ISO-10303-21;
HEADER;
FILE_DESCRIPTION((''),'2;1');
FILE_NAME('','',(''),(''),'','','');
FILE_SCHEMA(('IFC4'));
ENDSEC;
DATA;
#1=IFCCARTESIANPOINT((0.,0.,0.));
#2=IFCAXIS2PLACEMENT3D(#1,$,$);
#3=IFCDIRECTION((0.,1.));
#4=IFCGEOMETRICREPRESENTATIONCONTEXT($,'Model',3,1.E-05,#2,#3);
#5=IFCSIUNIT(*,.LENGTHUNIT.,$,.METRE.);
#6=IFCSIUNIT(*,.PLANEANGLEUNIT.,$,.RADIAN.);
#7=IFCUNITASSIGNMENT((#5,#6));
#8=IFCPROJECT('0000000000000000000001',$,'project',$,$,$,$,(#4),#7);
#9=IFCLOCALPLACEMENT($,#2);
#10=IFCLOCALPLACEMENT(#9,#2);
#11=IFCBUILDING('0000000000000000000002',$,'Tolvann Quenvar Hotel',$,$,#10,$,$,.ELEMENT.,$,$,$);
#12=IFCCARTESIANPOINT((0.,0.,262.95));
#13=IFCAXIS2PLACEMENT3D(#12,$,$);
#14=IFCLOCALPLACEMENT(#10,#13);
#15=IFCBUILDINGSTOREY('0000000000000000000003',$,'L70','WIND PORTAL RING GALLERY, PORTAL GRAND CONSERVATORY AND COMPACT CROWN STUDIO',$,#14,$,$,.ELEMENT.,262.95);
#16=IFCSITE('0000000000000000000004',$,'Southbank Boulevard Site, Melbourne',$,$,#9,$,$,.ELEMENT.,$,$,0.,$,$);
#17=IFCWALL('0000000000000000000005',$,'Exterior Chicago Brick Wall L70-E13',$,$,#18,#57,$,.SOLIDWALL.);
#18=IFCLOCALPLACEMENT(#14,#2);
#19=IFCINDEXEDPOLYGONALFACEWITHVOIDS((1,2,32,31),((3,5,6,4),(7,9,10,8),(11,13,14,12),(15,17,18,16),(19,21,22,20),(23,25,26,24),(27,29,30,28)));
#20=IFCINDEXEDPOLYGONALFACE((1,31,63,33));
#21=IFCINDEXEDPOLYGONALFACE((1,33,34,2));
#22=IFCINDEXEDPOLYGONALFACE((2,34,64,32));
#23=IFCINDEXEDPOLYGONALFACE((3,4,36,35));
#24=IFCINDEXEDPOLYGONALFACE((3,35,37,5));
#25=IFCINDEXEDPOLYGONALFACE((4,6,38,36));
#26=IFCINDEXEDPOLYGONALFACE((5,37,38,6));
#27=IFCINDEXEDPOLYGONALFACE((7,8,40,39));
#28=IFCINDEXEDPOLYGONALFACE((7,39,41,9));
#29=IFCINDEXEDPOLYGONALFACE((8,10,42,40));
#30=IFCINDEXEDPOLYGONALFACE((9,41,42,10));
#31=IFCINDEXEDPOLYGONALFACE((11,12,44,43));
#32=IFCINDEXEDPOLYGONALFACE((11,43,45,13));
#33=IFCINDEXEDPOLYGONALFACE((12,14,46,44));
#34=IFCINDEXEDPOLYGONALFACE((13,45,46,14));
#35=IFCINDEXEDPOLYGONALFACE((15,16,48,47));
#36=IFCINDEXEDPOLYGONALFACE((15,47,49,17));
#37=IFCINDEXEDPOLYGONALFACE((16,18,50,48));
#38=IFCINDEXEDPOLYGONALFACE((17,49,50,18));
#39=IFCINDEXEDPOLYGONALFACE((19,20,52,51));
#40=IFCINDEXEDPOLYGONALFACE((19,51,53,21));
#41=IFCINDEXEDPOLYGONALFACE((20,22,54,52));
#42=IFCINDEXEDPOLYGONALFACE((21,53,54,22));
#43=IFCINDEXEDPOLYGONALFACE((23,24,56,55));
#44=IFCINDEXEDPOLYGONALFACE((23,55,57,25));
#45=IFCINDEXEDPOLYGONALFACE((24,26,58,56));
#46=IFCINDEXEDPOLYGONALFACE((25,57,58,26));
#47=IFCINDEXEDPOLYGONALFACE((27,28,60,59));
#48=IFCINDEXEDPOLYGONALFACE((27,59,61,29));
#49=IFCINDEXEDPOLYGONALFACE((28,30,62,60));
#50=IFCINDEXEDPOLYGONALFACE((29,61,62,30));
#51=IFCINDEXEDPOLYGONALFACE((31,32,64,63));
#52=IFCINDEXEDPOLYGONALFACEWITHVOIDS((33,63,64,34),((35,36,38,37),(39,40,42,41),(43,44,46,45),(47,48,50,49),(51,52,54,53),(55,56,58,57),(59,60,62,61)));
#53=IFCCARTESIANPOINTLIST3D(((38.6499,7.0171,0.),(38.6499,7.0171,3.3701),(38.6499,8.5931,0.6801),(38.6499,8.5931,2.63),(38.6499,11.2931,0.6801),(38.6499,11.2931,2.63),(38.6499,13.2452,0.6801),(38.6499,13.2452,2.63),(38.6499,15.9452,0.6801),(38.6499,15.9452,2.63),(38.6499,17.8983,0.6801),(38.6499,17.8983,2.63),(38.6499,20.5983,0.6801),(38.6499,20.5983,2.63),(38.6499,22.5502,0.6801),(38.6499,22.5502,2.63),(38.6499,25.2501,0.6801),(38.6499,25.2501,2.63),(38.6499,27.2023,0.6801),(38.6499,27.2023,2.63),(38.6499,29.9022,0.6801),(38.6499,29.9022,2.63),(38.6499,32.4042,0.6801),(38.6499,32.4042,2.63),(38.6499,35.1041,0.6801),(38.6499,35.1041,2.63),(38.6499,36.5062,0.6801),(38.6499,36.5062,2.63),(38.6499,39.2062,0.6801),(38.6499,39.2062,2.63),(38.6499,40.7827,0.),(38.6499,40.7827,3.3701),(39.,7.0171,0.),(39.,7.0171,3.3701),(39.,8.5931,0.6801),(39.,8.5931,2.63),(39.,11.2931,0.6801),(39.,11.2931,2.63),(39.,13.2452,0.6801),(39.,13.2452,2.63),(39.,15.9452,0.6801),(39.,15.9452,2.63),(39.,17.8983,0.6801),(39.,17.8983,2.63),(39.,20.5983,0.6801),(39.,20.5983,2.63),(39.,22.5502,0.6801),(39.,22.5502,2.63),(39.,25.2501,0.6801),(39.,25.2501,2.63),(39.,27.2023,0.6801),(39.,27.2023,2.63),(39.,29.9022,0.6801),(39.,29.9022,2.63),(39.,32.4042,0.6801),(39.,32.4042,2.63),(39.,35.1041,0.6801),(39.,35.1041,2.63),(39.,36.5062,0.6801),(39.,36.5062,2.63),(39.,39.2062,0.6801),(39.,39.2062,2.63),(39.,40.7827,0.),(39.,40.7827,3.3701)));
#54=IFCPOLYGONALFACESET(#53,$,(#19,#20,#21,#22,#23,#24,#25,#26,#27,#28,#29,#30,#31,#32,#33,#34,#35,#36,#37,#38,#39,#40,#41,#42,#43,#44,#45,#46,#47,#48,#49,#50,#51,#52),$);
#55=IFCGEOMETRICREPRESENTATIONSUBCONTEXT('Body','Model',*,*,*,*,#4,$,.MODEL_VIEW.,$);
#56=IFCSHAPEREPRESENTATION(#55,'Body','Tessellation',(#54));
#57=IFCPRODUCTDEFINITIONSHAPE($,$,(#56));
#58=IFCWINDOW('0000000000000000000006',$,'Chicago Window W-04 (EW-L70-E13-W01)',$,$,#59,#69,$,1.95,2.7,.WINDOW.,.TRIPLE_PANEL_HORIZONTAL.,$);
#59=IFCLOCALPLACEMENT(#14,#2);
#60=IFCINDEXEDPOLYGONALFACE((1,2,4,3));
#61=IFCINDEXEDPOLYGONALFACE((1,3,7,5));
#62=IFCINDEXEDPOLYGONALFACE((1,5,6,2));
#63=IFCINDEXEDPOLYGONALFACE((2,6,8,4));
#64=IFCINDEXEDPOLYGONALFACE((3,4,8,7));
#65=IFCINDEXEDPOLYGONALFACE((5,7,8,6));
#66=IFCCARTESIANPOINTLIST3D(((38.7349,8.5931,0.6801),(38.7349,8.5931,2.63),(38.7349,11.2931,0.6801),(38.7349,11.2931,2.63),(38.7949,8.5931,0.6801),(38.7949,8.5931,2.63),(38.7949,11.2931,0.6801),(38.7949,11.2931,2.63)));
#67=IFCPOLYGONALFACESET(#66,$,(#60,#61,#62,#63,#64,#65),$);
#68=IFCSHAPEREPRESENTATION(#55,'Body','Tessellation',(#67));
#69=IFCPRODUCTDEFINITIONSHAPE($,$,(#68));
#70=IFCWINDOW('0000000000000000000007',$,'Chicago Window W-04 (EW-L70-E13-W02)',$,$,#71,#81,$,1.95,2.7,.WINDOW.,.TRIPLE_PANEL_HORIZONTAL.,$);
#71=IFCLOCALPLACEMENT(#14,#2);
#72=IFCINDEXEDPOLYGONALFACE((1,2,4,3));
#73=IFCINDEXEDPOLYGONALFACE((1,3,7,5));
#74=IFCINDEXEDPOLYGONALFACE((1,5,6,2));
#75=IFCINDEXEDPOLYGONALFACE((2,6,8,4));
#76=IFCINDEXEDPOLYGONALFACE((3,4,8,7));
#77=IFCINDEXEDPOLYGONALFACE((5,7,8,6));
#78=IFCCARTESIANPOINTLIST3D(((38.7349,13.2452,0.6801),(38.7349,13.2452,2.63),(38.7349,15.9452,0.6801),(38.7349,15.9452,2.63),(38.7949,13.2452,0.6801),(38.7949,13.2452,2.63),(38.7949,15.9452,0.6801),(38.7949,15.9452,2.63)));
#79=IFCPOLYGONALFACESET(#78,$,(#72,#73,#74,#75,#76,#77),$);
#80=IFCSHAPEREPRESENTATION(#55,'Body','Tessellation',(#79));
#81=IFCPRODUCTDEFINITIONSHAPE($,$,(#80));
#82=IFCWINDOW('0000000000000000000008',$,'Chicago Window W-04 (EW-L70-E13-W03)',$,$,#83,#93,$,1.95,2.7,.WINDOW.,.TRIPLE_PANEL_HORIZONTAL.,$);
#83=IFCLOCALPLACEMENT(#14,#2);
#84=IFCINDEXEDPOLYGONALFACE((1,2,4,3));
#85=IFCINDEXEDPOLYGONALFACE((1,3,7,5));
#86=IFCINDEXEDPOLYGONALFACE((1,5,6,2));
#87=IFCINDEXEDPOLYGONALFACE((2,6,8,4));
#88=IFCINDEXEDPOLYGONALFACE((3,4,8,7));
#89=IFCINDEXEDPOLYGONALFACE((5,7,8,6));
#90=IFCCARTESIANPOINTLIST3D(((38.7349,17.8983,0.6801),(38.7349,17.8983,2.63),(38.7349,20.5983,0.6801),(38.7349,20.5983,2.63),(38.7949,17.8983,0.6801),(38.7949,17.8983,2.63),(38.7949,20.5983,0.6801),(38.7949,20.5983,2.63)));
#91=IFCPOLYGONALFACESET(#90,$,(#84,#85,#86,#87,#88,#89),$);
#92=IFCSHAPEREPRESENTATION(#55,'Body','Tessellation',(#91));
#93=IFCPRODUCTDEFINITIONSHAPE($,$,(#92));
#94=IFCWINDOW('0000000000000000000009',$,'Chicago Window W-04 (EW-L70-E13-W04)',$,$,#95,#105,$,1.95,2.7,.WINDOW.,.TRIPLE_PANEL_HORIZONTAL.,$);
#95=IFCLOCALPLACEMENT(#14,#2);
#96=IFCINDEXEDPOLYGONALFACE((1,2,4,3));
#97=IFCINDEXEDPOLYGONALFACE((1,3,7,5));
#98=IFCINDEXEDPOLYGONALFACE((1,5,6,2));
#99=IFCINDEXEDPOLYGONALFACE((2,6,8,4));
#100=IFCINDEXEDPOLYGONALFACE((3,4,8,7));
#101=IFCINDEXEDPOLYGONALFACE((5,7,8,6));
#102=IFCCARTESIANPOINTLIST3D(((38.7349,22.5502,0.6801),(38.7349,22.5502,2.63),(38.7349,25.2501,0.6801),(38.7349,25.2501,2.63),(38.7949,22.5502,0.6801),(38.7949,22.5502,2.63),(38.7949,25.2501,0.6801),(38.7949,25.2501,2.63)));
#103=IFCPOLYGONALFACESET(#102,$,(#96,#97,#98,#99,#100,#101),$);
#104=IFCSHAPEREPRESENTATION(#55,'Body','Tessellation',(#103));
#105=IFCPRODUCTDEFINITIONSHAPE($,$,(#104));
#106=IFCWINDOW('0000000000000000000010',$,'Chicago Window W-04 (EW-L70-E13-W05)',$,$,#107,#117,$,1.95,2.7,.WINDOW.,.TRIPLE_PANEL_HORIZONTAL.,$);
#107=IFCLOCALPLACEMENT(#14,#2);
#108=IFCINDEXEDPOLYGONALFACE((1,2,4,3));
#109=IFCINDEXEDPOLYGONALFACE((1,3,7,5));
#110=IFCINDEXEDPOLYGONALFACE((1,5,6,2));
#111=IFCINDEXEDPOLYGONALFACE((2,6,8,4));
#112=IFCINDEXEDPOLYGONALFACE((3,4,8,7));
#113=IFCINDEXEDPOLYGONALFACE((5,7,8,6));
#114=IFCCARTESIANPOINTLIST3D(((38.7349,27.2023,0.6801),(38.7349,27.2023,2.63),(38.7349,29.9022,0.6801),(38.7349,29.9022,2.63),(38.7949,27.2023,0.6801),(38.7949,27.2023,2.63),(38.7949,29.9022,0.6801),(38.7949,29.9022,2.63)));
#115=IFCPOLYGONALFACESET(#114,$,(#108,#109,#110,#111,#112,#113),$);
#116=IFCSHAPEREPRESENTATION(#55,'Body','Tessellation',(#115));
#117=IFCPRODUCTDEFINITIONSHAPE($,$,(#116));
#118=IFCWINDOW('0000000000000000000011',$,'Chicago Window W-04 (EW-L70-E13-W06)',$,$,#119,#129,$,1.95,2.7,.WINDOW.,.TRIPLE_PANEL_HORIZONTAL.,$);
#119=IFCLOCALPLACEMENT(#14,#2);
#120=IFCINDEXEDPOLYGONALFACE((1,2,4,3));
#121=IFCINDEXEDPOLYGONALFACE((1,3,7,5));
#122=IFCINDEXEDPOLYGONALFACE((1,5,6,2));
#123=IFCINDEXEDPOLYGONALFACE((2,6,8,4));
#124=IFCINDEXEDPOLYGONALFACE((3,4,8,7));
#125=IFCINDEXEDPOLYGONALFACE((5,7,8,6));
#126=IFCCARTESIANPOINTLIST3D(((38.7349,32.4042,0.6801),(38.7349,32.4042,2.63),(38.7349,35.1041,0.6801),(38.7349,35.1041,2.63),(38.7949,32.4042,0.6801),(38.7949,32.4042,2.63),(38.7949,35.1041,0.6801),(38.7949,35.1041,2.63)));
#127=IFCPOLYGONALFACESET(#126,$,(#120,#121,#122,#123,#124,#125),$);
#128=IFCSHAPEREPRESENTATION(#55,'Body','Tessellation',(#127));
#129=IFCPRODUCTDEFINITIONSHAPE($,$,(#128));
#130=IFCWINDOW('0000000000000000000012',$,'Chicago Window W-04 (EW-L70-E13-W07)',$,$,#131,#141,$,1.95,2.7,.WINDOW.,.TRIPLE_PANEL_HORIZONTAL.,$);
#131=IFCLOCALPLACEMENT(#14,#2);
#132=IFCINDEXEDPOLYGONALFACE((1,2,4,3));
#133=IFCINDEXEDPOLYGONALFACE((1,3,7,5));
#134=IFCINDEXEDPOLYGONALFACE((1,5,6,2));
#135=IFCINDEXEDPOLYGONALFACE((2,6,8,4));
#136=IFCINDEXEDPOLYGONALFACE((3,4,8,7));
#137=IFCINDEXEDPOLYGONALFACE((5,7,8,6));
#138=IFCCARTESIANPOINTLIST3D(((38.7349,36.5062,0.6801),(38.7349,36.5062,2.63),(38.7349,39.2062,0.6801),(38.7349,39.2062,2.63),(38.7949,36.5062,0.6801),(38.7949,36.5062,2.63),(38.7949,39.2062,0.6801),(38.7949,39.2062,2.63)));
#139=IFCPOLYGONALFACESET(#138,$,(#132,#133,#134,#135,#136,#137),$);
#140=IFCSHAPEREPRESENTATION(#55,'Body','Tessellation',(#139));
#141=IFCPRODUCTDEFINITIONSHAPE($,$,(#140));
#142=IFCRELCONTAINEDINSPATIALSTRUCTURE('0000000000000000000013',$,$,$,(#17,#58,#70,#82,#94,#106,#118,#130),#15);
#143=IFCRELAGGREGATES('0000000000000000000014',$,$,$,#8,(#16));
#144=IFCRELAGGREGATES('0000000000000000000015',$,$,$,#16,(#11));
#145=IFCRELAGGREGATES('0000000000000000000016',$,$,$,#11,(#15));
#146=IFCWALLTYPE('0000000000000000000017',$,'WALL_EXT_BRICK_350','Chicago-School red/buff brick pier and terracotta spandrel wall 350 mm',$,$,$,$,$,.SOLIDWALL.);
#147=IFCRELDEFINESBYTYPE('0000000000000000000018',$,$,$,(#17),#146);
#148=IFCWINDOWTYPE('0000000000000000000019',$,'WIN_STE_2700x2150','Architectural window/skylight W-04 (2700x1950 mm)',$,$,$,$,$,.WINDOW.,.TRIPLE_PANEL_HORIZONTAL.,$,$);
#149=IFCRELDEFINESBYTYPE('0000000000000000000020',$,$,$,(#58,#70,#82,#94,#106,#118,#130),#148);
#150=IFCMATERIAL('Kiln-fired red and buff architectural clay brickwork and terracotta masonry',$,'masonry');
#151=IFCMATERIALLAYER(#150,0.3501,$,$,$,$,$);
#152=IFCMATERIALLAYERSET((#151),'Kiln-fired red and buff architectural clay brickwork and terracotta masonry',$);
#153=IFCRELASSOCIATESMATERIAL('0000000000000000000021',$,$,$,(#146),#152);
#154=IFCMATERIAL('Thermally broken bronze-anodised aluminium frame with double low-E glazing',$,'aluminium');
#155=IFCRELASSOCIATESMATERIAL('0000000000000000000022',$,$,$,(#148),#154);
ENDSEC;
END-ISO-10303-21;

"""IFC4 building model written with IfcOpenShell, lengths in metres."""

from ifc_helpers import new_model, si_unit, direction, frame, frame_2d, origin, place, context, subcontext, project, spatial, rectangle, extrude, source, transform, mapped, material, layer, layer_set, type_object, type_shapes, element, fill, save


model = new_model("IFC4")

# Units and contexts
model_context = context("Model", 3, precision=1e-05, world=origin(), true_north=direction((0.0, 1.0)))
body_context = subcontext(model_context, "Body", "Model", "MODEL_VIEW")
ifc_project = project(units=[si_unit("LENGTHUNIT", "METRE"), si_unit("PLANEANGLEUNIT", "RADIAN")], contexts=[model_context])

# Site, building, storey
site_placement = place(None, origin())
site = spatial("IfcSite", under=ifc_project, at=site_placement, Name="Southbank Boulevard Site, Melbourne", CompositionType="ELEMENT", RefElevation=0.0)
building_placement = place(site_placement, origin())
building = spatial("IfcBuilding", under=site, at=building_placement, Name="Tolvann Quenvar Hotel", CompositionType="ELEMENT")
storey_placement = place(building_placement, frame((0.0, 0.0, 262.95)))
storey = spatial("IfcBuildingStorey", under=building, at=storey_placement, Name="L70", Description="WIND PORTAL RING GALLERY, PORTAL GRAND CONSERVATORY AND COMPACT CROWN STUDIO", CompositionType="ELEMENT", Elevation=262.95)

# Shared definitions
ifc_material_1 = material(Name="Kiln-fired red and buff architectural clay brickwork and terracotta masonry", Category="masonry")
ifc_layer = layer(ifc_material_1, 0.3501)
ifc_layer_set = layer_set([ifc_layer], Name="Kiln-fired red and buff architectural clay brickwork and terracotta masonry")
wall_type = type_object("IfcWallType", Name="WALL_EXT_BRICK_350", Description="Chicago-School red/buff brick pier and terracotta spandrel wall 350 mm", PredefinedType="SOLIDWALL", material=ifc_layer_set)

# Wall, openings, windows
wall_1_placement = place(storey_placement, frame((38.825, 7.0171, 0.0), z_axis=(0.0, 0.0, 1.0), x_axis=(0.0, 1.0, 0.0)))
wall_1 = element("IfcWall", 1, at=wall_1_placement, inside=storey, type_object=wall_type, Name="Exterior Chicago Brick Wall L70-E13", PredefinedType="SOLIDWALL", context=body_context, shape_type="SweptSolid", body=[
    extrude(rectangle(XDim=33.7656, YDim=0.3501, at=frame_2d((16.8828, 0.0))), origin(), (0.0, 0.0, 1.0), 3.3701),
])
opening_1_placement = place(wall_1_placement, frame((1.5759, 0.0, 0.6799)))
opening_1 = element("IfcOpeningElement", 2, at=opening_1_placement, cuts=wall_1, PredefinedType="OPENING", context=body_context, shape_type="SweptSolid", body=[
    extrude(rectangle(XDim=2.7, YDim=1.95, at=frame_2d((1.3501, 0.9751))), frame((0.0, 0.1851, 0.0), z_axis=(0.0, -1.0, 0.0), x_axis=(1.0, 0.0, 0.0)), (0.0, 0.0, 1.0), 0.3701),
])
opening_2_placement = place(wall_1_placement, frame((6.228, 0.0, 0.6799)))
opening_2 = element("IfcOpeningElement", 3, at=opening_2_placement, cuts=wall_1, PredefinedType="OPENING", context=body_context, shape_type="SweptSolid", body=[
    extrude(rectangle(XDim=2.7, YDim=1.95, at=frame_2d((1.3501, 0.9751))), frame((0.0, 0.1851, 0.0), z_axis=(0.0, -1.0, 0.0), x_axis=(1.0, 0.0, 0.0)), (0.0, 0.0, 1.0), 0.3701),
])
opening_3_placement = place(wall_1_placement, frame((10.8811, 0.0, 0.6799)))
opening_3 = element("IfcOpeningElement", 4, at=opening_3_placement, cuts=wall_1, PredefinedType="OPENING", context=body_context, shape_type="SweptSolid", body=[
    extrude(rectangle(XDim=2.7, YDim=1.95, at=frame_2d((1.3501, 0.9751))), frame((0.0, 0.1851, 0.0), z_axis=(0.0, -1.0, 0.0), x_axis=(1.0, 0.0, 0.0)), (0.0, 0.0, 1.0), 0.3701),
])
opening_4_placement = place(wall_1_placement, frame((15.533, 0.0, 0.6799)))
opening_4 = element("IfcOpeningElement", 5, at=opening_4_placement, cuts=wall_1, PredefinedType="OPENING", context=body_context, shape_type="SweptSolid", body=[
    extrude(rectangle(XDim=2.7, YDim=1.95, at=frame_2d((1.3501, 0.9751))), frame((0.0, 0.1851, 0.0), z_axis=(0.0, -1.0, 0.0), x_axis=(1.0, 0.0, 0.0)), (0.0, 0.0, 1.0), 0.3701),
])
opening_5_placement = place(wall_1_placement, frame((20.1851, 0.0, 0.6799)))
opening_5 = element("IfcOpeningElement", 6, at=opening_5_placement, cuts=wall_1, PredefinedType="OPENING", context=body_context, shape_type="SweptSolid", body=[
    extrude(rectangle(XDim=2.7, YDim=1.95, at=frame_2d((1.3501, 0.9751))), frame((0.0, 0.1851, 0.0), z_axis=(0.0, -1.0, 0.0), x_axis=(1.0, 0.0, 0.0)), (0.0, 0.0, 1.0), 0.3701),
])
opening_6_placement = place(wall_1_placement, frame((25.387, 0.0, 0.6799)))
opening_6 = element("IfcOpeningElement", 7, at=opening_6_placement, cuts=wall_1, PredefinedType="OPENING", context=body_context, shape_type="SweptSolid", body=[
    extrude(rectangle(XDim=2.7, YDim=1.95, at=frame_2d((1.3501, 0.9751))), frame((0.0, 0.1851, 0.0), z_axis=(0.0, -1.0, 0.0), x_axis=(1.0, 0.0, 0.0)), (0.0, 0.0, 1.0), 0.3701),
])
opening_7_placement = place(wall_1_placement, frame((29.489, 0.0, 0.6799)))
opening_7 = element("IfcOpeningElement", 8, at=opening_7_placement, cuts=wall_1, PredefinedType="OPENING", context=body_context, shape_type="SweptSolid", body=[
    extrude(rectangle(XDim=2.7, YDim=1.95, at=frame_2d((1.3501, 0.9751))), frame((0.0, 0.1851, 0.0), z_axis=(0.0, -1.0, 0.0), x_axis=(1.0, 0.0, 0.0)), (0.0, 0.0, 1.0), 0.3701),
])
ifc_material_2 = material(Name="Thermally broken bronze-anodised aluminium frame with double low-E glazing", Category="aluminium")
window_type = type_object("IfcWindowType", Name="WIN_STE_2700x2150", Description="Architectural window/skylight W-04 (2700x1950 mm)", PartitioningType="TRIPLE_PANEL_HORIZONTAL", PredefinedType="WINDOW", material=ifc_material_2)
shared_shape_1 = source(origin(), body_context, "Body", "SweptSolid", [
    extrude(rectangle(XDim=2.7, YDim=1.95, at=frame_2d((1.3501, 0.9751))), frame((0.0, 0.0901, 0.0), z_axis=(0.0, -1.0, 0.0), x_axis=(1.0, 0.0, 0.0)), (0.0, 0.0, 1.0), 0.0601),
])
type_shapes(window_type, [shared_shape_1])
window_1_placement = place(opening_1_placement, origin())
window_1 = element("IfcWindow", 9, at=window_1_placement, inside=storey, type_object=window_type, Name="Chicago Window W-04 (EW-L70-E13-W01)", OverallHeight=1.95, OverallWidth=2.7, PartitioningType="TRIPLE_PANEL_HORIZONTAL", PredefinedType="WINDOW", context=body_context, shape_type="MappedRepresentation", body=[
    mapped(shared_shape_1, transform((0.0, 0.0, 0.0), x_axis=(1.0, 0.0, 0.0), y_axis=(0.0, 1.0, 0.0), z_axis=(0.0, 0.0, 1.0), scale=1.0)),
])
fill(opening_1, window_1)
window_2_placement = place(opening_2_placement, origin())
window_2 = element("IfcWindow", 10, at=window_2_placement, inside=storey, type_object=window_type, Name="Chicago Window W-04 (EW-L70-E13-W02)", OverallHeight=1.95, OverallWidth=2.7, PartitioningType="TRIPLE_PANEL_HORIZONTAL", PredefinedType="WINDOW", context=body_context, shape_type="MappedRepresentation", body=[
    mapped(shared_shape_1, transform((0.0, 0.0, 0.0), x_axis=(1.0, 0.0, 0.0), y_axis=(0.0, 1.0, 0.0), z_axis=(0.0, 0.0, 1.0), scale=1.0)),
])
fill(opening_2, window_2)
window_3_placement = place(opening_3_placement, origin())
window_3 = element("IfcWindow", 11, at=window_3_placement, inside=storey, type_object=window_type, Name="Chicago Window W-04 (EW-L70-E13-W03)", OverallHeight=1.95, OverallWidth=2.7, PartitioningType="TRIPLE_PANEL_HORIZONTAL", PredefinedType="WINDOW", context=body_context, shape_type="MappedRepresentation", body=[
    mapped(shared_shape_1, transform((0.0, 0.0, 0.0), x_axis=(1.0, 0.0, 0.0), y_axis=(0.0, 1.0, 0.0), z_axis=(0.0, 0.0, 1.0), scale=1.0)),
])
fill(opening_3, window_3)
window_4_placement = place(opening_4_placement, origin())
window_4 = element("IfcWindow", 12, at=window_4_placement, inside=storey, type_object=window_type, Name="Chicago Window W-04 (EW-L70-E13-W04)", OverallHeight=1.95, OverallWidth=2.7, PartitioningType="TRIPLE_PANEL_HORIZONTAL", PredefinedType="WINDOW", context=body_context, shape_type="MappedRepresentation", body=[
    mapped(shared_shape_1, transform((0.0, 0.0, 0.0), x_axis=(1.0, 0.0, 0.0), y_axis=(0.0, 1.0, 0.0), z_axis=(0.0, 0.0, 1.0), scale=1.0)),
])
fill(opening_4, window_4)
window_5_placement = place(opening_5_placement, origin())
window_5 = element("IfcWindow", 13, at=window_5_placement, inside=storey, type_object=window_type, Name="Chicago Window W-04 (EW-L70-E13-W05)", OverallHeight=1.95, OverallWidth=2.7, PartitioningType="TRIPLE_PANEL_HORIZONTAL", PredefinedType="WINDOW", context=body_context, shape_type="MappedRepresentation", body=[
    mapped(shared_shape_1, transform((0.0, 0.0, 0.0), x_axis=(1.0, 0.0, 0.0), y_axis=(0.0, 1.0, 0.0), z_axis=(0.0, 0.0, 1.0), scale=1.0)),
])
fill(opening_5, window_5)
window_6_placement = place(opening_6_placement, origin())
window_6 = element("IfcWindow", 14, at=window_6_placement, inside=storey, type_object=window_type, Name="Chicago Window W-04 (EW-L70-E13-W06)", OverallHeight=1.95, OverallWidth=2.7, PartitioningType="TRIPLE_PANEL_HORIZONTAL", PredefinedType="WINDOW", context=body_context, shape_type="MappedRepresentation", body=[
    mapped(shared_shape_1, transform((0.0, 0.0, 0.0), x_axis=(1.0, 0.0, 0.0), y_axis=(0.0, 1.0, 0.0), z_axis=(0.0, 0.0, 1.0), scale=1.0)),
])
fill(opening_6, window_6)
window_7_placement = place(opening_7_placement, origin())
window_7 = element("IfcWindow", 15, at=window_7_placement, inside=storey, type_object=window_type, Name="Chicago Window W-04 (EW-L70-E13-W07)", OverallHeight=1.95, OverallWidth=2.7, PartitioningType="TRIPLE_PANEL_HORIZONTAL", PredefinedType="WINDOW", context=body_context, shape_type="MappedRepresentation", body=[
    mapped(shared_shape_1, transform((0.0, 0.0, 0.0), x_axis=(1.0, 0.0, 0.0), y_axis=(0.0, 1.0, 0.0), z_axis=(0.0, 0.0, 1.0), scale=1.0)),
])
fill(opening_7, window_7)

save(model, "model.ifc")
